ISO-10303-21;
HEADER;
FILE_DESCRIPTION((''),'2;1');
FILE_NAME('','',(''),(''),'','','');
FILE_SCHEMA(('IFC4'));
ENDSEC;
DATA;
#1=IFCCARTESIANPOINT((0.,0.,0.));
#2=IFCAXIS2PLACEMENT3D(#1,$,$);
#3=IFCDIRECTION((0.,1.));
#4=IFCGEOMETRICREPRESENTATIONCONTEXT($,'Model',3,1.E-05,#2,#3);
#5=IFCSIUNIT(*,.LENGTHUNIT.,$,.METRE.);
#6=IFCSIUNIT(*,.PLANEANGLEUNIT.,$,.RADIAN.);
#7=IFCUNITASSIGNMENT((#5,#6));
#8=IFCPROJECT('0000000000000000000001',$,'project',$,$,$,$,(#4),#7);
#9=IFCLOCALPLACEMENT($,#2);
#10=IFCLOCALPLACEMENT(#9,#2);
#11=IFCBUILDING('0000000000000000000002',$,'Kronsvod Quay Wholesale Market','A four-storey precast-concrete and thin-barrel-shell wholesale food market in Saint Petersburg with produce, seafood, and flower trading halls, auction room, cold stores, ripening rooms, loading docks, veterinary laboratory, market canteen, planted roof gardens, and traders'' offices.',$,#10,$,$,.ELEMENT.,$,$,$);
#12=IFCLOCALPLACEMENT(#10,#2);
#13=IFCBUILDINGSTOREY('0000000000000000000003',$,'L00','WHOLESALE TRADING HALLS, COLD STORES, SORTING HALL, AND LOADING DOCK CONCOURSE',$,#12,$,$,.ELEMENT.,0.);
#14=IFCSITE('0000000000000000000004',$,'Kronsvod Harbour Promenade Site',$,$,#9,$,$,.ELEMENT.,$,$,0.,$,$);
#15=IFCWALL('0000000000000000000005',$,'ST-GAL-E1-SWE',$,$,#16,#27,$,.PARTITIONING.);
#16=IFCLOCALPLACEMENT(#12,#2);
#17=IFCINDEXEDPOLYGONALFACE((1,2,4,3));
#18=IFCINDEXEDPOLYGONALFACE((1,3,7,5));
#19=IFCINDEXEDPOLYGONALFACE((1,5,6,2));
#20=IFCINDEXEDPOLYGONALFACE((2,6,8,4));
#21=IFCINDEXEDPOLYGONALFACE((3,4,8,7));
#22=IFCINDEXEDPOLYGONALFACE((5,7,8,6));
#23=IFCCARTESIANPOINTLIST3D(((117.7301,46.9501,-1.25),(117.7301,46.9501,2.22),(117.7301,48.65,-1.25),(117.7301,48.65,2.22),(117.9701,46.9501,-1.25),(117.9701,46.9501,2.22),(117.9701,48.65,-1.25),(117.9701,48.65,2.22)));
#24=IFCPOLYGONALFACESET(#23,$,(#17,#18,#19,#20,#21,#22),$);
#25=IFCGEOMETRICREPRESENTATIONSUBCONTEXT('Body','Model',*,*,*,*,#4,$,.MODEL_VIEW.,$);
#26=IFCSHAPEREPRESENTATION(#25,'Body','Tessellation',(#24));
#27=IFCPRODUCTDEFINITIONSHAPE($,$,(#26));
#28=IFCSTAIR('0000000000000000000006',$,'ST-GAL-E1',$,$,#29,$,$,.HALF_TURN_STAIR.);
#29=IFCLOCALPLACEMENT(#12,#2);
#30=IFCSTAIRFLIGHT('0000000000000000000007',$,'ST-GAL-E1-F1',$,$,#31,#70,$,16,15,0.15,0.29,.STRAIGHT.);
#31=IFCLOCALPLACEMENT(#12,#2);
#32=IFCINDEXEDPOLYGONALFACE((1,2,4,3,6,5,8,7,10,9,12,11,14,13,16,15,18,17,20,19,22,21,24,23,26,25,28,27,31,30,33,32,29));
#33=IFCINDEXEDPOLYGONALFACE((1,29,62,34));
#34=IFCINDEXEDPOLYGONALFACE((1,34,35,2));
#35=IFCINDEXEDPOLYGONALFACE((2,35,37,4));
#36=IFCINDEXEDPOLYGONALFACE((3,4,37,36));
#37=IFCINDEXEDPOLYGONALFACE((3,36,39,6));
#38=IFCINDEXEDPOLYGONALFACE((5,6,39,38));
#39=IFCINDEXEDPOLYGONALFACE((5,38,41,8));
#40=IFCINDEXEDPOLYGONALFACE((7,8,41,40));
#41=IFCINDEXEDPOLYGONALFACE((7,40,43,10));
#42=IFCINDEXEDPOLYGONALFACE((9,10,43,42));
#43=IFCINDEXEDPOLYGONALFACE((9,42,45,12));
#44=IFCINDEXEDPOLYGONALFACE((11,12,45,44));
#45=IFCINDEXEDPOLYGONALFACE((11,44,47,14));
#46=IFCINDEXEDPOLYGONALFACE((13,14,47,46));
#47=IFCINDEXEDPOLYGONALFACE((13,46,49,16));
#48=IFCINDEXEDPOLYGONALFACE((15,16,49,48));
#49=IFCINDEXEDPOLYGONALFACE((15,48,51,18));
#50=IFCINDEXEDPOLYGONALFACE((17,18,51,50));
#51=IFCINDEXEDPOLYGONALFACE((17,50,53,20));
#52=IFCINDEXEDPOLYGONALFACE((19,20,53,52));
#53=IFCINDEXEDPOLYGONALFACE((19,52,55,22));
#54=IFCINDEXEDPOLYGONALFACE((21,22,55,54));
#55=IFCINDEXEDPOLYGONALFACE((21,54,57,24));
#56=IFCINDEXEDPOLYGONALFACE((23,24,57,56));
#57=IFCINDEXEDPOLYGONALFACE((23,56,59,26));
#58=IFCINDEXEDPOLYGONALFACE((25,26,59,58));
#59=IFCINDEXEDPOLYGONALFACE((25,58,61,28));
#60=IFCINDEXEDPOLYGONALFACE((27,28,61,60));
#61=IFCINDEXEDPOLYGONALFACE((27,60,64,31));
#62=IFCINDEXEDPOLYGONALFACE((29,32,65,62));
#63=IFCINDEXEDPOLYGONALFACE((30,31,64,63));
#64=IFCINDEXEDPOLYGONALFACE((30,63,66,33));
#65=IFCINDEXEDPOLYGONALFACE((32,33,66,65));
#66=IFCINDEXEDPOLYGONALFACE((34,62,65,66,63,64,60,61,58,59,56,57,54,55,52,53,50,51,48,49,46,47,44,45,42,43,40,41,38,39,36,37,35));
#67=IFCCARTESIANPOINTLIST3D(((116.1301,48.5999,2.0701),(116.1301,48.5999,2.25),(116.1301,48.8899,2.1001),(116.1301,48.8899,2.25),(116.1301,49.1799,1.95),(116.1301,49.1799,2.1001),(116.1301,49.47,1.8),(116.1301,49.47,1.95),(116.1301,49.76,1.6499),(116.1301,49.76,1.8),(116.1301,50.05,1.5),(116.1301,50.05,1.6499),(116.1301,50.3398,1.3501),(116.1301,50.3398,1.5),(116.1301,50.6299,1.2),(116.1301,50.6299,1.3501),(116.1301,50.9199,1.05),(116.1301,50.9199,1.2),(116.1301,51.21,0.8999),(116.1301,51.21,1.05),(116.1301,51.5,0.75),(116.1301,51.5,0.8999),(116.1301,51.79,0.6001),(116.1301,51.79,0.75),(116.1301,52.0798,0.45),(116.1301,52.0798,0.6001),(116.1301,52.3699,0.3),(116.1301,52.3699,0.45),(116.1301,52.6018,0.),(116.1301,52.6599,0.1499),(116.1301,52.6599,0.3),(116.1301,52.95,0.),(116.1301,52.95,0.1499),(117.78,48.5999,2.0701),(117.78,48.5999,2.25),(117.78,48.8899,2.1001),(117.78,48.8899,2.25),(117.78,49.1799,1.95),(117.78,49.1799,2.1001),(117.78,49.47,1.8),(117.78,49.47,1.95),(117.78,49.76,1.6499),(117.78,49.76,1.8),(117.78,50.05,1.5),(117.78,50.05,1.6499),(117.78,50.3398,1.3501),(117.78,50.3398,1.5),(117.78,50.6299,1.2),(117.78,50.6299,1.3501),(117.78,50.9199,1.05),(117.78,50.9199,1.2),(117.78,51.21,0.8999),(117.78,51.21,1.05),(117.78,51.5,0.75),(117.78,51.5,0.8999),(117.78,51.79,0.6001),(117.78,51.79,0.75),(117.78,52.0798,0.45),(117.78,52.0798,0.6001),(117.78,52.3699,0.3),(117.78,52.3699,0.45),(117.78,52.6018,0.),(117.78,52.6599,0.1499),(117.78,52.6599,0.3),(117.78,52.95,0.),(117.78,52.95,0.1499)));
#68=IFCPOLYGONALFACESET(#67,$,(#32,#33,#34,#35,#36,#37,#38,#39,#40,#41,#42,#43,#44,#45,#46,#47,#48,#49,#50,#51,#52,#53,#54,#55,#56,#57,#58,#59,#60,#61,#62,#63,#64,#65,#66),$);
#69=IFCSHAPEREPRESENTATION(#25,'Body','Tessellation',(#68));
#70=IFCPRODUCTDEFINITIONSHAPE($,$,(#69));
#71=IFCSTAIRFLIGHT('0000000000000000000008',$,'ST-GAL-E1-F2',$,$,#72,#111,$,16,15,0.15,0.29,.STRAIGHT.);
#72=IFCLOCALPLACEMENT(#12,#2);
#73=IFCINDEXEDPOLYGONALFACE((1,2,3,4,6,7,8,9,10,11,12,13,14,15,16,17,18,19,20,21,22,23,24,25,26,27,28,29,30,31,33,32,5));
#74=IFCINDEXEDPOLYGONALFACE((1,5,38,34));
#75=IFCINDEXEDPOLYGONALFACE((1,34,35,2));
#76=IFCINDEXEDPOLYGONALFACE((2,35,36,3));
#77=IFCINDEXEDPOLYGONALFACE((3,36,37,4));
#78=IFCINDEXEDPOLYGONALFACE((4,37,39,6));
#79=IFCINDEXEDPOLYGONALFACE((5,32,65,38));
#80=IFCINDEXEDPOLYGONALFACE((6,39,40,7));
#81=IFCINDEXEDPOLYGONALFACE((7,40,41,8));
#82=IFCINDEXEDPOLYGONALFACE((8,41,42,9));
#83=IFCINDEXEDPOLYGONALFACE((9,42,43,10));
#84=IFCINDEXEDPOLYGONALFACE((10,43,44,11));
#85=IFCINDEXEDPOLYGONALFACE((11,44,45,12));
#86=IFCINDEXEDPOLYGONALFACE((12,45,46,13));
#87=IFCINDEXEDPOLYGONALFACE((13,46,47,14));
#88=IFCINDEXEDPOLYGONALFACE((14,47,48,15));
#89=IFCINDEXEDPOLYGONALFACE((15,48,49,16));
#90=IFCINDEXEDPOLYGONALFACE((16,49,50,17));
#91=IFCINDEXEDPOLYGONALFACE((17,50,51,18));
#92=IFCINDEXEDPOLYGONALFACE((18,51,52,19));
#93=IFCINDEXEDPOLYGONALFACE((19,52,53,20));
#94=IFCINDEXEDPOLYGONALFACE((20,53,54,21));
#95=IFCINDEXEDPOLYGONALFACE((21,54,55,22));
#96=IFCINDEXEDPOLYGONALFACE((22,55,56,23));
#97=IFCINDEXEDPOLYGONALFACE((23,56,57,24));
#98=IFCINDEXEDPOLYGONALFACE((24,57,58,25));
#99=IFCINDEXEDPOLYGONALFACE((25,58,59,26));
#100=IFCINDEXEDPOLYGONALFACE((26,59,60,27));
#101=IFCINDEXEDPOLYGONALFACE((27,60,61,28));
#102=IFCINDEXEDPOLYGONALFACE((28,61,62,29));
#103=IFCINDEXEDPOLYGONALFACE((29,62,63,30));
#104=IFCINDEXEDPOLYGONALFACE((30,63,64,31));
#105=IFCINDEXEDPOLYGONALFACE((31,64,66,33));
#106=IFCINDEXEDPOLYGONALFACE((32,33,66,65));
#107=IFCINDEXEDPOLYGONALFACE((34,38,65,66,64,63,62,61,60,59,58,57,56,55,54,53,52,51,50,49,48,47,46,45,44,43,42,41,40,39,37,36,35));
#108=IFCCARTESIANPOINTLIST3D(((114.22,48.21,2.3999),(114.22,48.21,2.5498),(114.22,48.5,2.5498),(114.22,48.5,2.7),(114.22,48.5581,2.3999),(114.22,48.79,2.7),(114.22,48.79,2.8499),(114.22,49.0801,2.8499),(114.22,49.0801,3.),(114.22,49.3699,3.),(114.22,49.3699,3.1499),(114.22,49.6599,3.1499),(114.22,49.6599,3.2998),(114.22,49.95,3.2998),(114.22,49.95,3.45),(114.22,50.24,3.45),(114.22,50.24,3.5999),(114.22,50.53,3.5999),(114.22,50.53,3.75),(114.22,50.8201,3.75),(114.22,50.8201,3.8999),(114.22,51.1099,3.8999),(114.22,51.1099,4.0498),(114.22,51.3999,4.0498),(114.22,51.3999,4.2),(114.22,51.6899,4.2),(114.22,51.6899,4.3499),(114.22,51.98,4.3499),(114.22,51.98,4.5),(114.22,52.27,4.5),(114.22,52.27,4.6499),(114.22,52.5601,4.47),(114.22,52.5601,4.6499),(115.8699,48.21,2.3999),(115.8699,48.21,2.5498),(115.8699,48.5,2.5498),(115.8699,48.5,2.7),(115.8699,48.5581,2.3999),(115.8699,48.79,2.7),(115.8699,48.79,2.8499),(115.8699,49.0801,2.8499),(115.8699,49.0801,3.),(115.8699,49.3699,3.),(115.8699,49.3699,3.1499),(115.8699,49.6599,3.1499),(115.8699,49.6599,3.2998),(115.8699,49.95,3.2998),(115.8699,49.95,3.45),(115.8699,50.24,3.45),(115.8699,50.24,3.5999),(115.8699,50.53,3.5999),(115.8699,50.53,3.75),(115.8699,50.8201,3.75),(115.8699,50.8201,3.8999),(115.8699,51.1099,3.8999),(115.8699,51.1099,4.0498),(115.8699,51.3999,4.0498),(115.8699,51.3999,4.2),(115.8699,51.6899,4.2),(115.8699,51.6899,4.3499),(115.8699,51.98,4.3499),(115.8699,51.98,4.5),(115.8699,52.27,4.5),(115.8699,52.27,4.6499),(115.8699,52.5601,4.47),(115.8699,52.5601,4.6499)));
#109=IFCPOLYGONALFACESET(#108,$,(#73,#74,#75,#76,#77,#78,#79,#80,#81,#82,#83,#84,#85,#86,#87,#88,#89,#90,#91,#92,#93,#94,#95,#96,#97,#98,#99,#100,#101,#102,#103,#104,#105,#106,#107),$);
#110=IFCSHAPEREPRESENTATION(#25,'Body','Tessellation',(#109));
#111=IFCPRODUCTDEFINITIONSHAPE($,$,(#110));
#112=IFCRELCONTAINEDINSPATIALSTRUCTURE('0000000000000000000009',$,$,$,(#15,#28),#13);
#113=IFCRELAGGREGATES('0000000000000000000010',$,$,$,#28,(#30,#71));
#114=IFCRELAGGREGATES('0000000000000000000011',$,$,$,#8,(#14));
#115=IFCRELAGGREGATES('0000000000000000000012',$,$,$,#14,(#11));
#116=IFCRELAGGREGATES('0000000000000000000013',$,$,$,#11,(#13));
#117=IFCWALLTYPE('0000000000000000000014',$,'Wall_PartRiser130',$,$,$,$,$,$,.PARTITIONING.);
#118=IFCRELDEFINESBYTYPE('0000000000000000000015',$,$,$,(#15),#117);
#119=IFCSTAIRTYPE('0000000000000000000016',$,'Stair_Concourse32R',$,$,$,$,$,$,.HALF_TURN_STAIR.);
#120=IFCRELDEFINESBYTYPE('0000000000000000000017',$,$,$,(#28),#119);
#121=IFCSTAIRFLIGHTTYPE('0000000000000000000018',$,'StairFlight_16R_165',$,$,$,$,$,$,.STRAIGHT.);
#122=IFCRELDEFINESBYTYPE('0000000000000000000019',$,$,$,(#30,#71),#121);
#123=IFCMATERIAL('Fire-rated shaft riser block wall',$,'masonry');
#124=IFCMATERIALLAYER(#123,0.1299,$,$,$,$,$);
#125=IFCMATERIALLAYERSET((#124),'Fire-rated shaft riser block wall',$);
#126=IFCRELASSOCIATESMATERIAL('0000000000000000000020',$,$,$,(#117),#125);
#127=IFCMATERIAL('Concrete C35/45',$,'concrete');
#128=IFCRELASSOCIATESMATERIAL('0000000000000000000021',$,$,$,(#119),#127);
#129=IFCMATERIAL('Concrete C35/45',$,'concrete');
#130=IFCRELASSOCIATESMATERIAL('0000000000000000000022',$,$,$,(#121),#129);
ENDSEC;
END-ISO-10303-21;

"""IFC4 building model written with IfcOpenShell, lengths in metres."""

from ifc_helpers import new_model, si_unit, direction, frame, frame_2d, origin, place, context, subcontext, project, spatial, polyline, rectangle, outline, extrude, material, layer, layer_set, type_object, element, aggregate, save


model = new_model("IFC4")

# Units and contexts
model_context = context("Model", 3, precision=1e-05, world=origin(), true_north=direction((0.0, 1.0)))
body_context = subcontext(model_context, "Body", "Model", "MODEL_VIEW")
ifc_project = project(units=[si_unit("LENGTHUNIT", "METRE"), si_unit("PLANEANGLEUNIT", "RADIAN")], contexts=[model_context])

# Site, building, storey
site_placement = place(None, origin())
site = spatial("IfcSite", under=ifc_project, at=site_placement, Name="Kronsvod Harbour Promenade Site", CompositionType="ELEMENT", RefElevation=0.0)
building_placement = place(site_placement, origin())
building = spatial("IfcBuilding", under=site, at=building_placement, Name="Kronsvod Quay Wholesale Market", Description="A four-storey precast-concrete and thin-barrel-shell wholesale food market in Saint Petersburg with produce, seafood, and flower trading halls, auction room, cold stores, ripening rooms, loading docks, veterinary laboratory, market canteen, planted roof gardens, and traders' offices.", CompositionType="ELEMENT")
storey_placement = place(building_placement, origin())
storey = spatial("IfcBuildingStorey", under=building, at=storey_placement, Name="L00", Description="WHOLESALE TRADING HALLS, COLD STORES, SORTING HALL, AND LOADING DOCK CONCOURSE", CompositionType="ELEMENT", Elevation=0.0)

# Wall
ifc_material_1 = material(Name="Fire-rated shaft riser block wall", Category="masonry")
ifc_layer_1 = layer(ifc_material_1, 0.1299)
ifc_layer_set_1 = layer_set([ifc_layer_1], Name="Fire-rated shaft riser block wall")
wall_type_1 = type_object("IfcWallType", Name="Wall_PartRiser130", PredefinedType="PARTITIONING", material=ifc_layer_set_1)
for number, where, z_axis, x_axis, name in (
    (1, (117.8501, 46.95, -1.25), (0.0, 0.0, 1.0), (0.0, 1.0, 0.0), "ST-GAL-E1-SWE"),
):
    element("IfcWall", number, at=place(storey_placement, frame(where, z_axis=z_axis, x_axis=x_axis)), inside=storey, type_object=wall_type_1, Name=name, PredefinedType="PARTITIONING", context=body_context, shape_type="SweptSolid", body=[
        extrude(rectangle(XDim=1.7, YDim=0.24, at=frame_2d((0.8501, 0.0))), origin(), (0.0, 0.0, 1.0), 3.47),
    ])

# Stair, stair flights
ifc_material_2 = material(Name="Concrete C35/45", Category="concrete")
stair_type = type_object("IfcStairType", Name="Stair_Concourse32R", PredefinedType="HALF_TURN_STAIR", material=ifc_material_2)
stair_placement = place(storey_placement, origin())
stair = element("IfcStair", 2, at=stair_placement, inside=storey, type_object=stair_type, Name="ST-GAL-E1", PredefinedType="HALF_TURN_STAIR")
ifc_material_3 = material(Name="Concrete C35/45", Category="concrete")
stair_flight_type = type_object("IfcStairFlightType", Name="StairFlight_16R_165", PredefinedType="STRAIGHT", material=ifc_material_3)
stair_flight_1_placement = place(storey_placement, frame((116.9551, 52.95, 0.0), z_axis=(0.0, 0.0, 1.0), x_axis=(0.0, -1.0, 0.0)))
stair_flight_1 = element("IfcStairFlight", 3, at=stair_flight_1_placement, type_object=stair_flight_type, Name="ST-GAL-E1-F1", NumberOfRisers=16, NumberOfTreads=15, PredefinedType="STRAIGHT", RiserHeight=0.15, TreadLength=0.29, context=body_context, shape_type="SweptSolid", body=[
    extrude(outline(polyline([(0.0, 0.0), (0.0, 0.1499), (0.29, 0.1499), (0.29, 0.3), (0.5801, 0.3), (0.5801, 0.45), (0.8701, 0.45), (0.8701, 0.6001), (1.1599, 0.6001), (1.1599, 0.75), (1.45, 0.75), (1.45, 0.8999), (1.74, 0.8999), (1.74, 1.05), (2.03, 1.05), (2.03, 1.2), (2.3201, 1.2), (2.3201, 1.3501), (2.6101, 1.3501), (2.6101, 1.5), (2.8999, 1.5), (2.8999, 1.6499), (3.1899, 1.6499), (3.1899, 1.8), (3.48, 1.8), (3.48, 1.95), (3.77, 1.95), (3.77, 2.1001), (4.0601, 2.1001), (4.0601, 2.25), (4.3501, 2.25), (4.3501, 2.3999), (4.3501, 2.0701), (0.3481, 0.0), (0.0, 0.0)])), frame((0.0, 0.825, 0.0), z_axis=(0.0, -1.0, 0.0), x_axis=(1.0, 0.0, 0.0)), (0.0, 0.0, 1.0), 1.6499),
])
stair_flight_2_placement = place(storey_placement, frame((115.0449, 48.21, 2.3999), z_axis=(0.0, 0.0, 1.0), x_axis=(0.0, 1.0, 0.0)))
stair_flight_2 = element("IfcStairFlight", 4, at=stair_flight_2_placement, type_object=stair_flight_type, Name="ST-GAL-E1-F2", NumberOfRisers=16, NumberOfTreads=15, PredefinedType="STRAIGHT", RiserHeight=0.15, TreadLength=0.29, context=body_context, shape_type="SweptSolid", body=[
    extrude(outline(polyline([(0.0, 0.0), (0.0, 0.1499), (0.29, 0.1499), (0.29, 0.3), (0.5801, 0.3), (0.5801, 0.45), (0.8701, 0.45), (0.8701, 0.6001), (1.1599, 0.6001), (1.1599, 0.75), (1.45, 0.75), (1.45, 0.8999), (1.74, 0.8999), (1.74, 1.05), (2.03, 1.05), (2.03, 1.2), (2.3201, 1.2), (2.3201, 1.3501), (2.6101, 1.3501), (2.6101, 1.5), (2.8999, 1.5), (2.8999, 1.6499), (3.1899, 1.6499), (3.1899, 1.8), (3.48, 1.8), (3.48, 1.95), (3.77, 1.95), (3.77, 2.1001), (4.0601, 2.1001), (4.0601, 2.25), (4.3501, 2.25), (4.3501, 2.3999), (4.3501, 2.0701), (0.3481, 0.0), (0.0, 0.0)])), frame((0.0, 0.825, 0.0), z_axis=(0.0, -1.0, 0.0), x_axis=(1.0, 0.0, 0.0)), (0.0, 0.0, 1.0), 1.6499),
])
aggregate(stair, [stair_flight_1, stair_flight_2])

save(model, "model.ifc")
